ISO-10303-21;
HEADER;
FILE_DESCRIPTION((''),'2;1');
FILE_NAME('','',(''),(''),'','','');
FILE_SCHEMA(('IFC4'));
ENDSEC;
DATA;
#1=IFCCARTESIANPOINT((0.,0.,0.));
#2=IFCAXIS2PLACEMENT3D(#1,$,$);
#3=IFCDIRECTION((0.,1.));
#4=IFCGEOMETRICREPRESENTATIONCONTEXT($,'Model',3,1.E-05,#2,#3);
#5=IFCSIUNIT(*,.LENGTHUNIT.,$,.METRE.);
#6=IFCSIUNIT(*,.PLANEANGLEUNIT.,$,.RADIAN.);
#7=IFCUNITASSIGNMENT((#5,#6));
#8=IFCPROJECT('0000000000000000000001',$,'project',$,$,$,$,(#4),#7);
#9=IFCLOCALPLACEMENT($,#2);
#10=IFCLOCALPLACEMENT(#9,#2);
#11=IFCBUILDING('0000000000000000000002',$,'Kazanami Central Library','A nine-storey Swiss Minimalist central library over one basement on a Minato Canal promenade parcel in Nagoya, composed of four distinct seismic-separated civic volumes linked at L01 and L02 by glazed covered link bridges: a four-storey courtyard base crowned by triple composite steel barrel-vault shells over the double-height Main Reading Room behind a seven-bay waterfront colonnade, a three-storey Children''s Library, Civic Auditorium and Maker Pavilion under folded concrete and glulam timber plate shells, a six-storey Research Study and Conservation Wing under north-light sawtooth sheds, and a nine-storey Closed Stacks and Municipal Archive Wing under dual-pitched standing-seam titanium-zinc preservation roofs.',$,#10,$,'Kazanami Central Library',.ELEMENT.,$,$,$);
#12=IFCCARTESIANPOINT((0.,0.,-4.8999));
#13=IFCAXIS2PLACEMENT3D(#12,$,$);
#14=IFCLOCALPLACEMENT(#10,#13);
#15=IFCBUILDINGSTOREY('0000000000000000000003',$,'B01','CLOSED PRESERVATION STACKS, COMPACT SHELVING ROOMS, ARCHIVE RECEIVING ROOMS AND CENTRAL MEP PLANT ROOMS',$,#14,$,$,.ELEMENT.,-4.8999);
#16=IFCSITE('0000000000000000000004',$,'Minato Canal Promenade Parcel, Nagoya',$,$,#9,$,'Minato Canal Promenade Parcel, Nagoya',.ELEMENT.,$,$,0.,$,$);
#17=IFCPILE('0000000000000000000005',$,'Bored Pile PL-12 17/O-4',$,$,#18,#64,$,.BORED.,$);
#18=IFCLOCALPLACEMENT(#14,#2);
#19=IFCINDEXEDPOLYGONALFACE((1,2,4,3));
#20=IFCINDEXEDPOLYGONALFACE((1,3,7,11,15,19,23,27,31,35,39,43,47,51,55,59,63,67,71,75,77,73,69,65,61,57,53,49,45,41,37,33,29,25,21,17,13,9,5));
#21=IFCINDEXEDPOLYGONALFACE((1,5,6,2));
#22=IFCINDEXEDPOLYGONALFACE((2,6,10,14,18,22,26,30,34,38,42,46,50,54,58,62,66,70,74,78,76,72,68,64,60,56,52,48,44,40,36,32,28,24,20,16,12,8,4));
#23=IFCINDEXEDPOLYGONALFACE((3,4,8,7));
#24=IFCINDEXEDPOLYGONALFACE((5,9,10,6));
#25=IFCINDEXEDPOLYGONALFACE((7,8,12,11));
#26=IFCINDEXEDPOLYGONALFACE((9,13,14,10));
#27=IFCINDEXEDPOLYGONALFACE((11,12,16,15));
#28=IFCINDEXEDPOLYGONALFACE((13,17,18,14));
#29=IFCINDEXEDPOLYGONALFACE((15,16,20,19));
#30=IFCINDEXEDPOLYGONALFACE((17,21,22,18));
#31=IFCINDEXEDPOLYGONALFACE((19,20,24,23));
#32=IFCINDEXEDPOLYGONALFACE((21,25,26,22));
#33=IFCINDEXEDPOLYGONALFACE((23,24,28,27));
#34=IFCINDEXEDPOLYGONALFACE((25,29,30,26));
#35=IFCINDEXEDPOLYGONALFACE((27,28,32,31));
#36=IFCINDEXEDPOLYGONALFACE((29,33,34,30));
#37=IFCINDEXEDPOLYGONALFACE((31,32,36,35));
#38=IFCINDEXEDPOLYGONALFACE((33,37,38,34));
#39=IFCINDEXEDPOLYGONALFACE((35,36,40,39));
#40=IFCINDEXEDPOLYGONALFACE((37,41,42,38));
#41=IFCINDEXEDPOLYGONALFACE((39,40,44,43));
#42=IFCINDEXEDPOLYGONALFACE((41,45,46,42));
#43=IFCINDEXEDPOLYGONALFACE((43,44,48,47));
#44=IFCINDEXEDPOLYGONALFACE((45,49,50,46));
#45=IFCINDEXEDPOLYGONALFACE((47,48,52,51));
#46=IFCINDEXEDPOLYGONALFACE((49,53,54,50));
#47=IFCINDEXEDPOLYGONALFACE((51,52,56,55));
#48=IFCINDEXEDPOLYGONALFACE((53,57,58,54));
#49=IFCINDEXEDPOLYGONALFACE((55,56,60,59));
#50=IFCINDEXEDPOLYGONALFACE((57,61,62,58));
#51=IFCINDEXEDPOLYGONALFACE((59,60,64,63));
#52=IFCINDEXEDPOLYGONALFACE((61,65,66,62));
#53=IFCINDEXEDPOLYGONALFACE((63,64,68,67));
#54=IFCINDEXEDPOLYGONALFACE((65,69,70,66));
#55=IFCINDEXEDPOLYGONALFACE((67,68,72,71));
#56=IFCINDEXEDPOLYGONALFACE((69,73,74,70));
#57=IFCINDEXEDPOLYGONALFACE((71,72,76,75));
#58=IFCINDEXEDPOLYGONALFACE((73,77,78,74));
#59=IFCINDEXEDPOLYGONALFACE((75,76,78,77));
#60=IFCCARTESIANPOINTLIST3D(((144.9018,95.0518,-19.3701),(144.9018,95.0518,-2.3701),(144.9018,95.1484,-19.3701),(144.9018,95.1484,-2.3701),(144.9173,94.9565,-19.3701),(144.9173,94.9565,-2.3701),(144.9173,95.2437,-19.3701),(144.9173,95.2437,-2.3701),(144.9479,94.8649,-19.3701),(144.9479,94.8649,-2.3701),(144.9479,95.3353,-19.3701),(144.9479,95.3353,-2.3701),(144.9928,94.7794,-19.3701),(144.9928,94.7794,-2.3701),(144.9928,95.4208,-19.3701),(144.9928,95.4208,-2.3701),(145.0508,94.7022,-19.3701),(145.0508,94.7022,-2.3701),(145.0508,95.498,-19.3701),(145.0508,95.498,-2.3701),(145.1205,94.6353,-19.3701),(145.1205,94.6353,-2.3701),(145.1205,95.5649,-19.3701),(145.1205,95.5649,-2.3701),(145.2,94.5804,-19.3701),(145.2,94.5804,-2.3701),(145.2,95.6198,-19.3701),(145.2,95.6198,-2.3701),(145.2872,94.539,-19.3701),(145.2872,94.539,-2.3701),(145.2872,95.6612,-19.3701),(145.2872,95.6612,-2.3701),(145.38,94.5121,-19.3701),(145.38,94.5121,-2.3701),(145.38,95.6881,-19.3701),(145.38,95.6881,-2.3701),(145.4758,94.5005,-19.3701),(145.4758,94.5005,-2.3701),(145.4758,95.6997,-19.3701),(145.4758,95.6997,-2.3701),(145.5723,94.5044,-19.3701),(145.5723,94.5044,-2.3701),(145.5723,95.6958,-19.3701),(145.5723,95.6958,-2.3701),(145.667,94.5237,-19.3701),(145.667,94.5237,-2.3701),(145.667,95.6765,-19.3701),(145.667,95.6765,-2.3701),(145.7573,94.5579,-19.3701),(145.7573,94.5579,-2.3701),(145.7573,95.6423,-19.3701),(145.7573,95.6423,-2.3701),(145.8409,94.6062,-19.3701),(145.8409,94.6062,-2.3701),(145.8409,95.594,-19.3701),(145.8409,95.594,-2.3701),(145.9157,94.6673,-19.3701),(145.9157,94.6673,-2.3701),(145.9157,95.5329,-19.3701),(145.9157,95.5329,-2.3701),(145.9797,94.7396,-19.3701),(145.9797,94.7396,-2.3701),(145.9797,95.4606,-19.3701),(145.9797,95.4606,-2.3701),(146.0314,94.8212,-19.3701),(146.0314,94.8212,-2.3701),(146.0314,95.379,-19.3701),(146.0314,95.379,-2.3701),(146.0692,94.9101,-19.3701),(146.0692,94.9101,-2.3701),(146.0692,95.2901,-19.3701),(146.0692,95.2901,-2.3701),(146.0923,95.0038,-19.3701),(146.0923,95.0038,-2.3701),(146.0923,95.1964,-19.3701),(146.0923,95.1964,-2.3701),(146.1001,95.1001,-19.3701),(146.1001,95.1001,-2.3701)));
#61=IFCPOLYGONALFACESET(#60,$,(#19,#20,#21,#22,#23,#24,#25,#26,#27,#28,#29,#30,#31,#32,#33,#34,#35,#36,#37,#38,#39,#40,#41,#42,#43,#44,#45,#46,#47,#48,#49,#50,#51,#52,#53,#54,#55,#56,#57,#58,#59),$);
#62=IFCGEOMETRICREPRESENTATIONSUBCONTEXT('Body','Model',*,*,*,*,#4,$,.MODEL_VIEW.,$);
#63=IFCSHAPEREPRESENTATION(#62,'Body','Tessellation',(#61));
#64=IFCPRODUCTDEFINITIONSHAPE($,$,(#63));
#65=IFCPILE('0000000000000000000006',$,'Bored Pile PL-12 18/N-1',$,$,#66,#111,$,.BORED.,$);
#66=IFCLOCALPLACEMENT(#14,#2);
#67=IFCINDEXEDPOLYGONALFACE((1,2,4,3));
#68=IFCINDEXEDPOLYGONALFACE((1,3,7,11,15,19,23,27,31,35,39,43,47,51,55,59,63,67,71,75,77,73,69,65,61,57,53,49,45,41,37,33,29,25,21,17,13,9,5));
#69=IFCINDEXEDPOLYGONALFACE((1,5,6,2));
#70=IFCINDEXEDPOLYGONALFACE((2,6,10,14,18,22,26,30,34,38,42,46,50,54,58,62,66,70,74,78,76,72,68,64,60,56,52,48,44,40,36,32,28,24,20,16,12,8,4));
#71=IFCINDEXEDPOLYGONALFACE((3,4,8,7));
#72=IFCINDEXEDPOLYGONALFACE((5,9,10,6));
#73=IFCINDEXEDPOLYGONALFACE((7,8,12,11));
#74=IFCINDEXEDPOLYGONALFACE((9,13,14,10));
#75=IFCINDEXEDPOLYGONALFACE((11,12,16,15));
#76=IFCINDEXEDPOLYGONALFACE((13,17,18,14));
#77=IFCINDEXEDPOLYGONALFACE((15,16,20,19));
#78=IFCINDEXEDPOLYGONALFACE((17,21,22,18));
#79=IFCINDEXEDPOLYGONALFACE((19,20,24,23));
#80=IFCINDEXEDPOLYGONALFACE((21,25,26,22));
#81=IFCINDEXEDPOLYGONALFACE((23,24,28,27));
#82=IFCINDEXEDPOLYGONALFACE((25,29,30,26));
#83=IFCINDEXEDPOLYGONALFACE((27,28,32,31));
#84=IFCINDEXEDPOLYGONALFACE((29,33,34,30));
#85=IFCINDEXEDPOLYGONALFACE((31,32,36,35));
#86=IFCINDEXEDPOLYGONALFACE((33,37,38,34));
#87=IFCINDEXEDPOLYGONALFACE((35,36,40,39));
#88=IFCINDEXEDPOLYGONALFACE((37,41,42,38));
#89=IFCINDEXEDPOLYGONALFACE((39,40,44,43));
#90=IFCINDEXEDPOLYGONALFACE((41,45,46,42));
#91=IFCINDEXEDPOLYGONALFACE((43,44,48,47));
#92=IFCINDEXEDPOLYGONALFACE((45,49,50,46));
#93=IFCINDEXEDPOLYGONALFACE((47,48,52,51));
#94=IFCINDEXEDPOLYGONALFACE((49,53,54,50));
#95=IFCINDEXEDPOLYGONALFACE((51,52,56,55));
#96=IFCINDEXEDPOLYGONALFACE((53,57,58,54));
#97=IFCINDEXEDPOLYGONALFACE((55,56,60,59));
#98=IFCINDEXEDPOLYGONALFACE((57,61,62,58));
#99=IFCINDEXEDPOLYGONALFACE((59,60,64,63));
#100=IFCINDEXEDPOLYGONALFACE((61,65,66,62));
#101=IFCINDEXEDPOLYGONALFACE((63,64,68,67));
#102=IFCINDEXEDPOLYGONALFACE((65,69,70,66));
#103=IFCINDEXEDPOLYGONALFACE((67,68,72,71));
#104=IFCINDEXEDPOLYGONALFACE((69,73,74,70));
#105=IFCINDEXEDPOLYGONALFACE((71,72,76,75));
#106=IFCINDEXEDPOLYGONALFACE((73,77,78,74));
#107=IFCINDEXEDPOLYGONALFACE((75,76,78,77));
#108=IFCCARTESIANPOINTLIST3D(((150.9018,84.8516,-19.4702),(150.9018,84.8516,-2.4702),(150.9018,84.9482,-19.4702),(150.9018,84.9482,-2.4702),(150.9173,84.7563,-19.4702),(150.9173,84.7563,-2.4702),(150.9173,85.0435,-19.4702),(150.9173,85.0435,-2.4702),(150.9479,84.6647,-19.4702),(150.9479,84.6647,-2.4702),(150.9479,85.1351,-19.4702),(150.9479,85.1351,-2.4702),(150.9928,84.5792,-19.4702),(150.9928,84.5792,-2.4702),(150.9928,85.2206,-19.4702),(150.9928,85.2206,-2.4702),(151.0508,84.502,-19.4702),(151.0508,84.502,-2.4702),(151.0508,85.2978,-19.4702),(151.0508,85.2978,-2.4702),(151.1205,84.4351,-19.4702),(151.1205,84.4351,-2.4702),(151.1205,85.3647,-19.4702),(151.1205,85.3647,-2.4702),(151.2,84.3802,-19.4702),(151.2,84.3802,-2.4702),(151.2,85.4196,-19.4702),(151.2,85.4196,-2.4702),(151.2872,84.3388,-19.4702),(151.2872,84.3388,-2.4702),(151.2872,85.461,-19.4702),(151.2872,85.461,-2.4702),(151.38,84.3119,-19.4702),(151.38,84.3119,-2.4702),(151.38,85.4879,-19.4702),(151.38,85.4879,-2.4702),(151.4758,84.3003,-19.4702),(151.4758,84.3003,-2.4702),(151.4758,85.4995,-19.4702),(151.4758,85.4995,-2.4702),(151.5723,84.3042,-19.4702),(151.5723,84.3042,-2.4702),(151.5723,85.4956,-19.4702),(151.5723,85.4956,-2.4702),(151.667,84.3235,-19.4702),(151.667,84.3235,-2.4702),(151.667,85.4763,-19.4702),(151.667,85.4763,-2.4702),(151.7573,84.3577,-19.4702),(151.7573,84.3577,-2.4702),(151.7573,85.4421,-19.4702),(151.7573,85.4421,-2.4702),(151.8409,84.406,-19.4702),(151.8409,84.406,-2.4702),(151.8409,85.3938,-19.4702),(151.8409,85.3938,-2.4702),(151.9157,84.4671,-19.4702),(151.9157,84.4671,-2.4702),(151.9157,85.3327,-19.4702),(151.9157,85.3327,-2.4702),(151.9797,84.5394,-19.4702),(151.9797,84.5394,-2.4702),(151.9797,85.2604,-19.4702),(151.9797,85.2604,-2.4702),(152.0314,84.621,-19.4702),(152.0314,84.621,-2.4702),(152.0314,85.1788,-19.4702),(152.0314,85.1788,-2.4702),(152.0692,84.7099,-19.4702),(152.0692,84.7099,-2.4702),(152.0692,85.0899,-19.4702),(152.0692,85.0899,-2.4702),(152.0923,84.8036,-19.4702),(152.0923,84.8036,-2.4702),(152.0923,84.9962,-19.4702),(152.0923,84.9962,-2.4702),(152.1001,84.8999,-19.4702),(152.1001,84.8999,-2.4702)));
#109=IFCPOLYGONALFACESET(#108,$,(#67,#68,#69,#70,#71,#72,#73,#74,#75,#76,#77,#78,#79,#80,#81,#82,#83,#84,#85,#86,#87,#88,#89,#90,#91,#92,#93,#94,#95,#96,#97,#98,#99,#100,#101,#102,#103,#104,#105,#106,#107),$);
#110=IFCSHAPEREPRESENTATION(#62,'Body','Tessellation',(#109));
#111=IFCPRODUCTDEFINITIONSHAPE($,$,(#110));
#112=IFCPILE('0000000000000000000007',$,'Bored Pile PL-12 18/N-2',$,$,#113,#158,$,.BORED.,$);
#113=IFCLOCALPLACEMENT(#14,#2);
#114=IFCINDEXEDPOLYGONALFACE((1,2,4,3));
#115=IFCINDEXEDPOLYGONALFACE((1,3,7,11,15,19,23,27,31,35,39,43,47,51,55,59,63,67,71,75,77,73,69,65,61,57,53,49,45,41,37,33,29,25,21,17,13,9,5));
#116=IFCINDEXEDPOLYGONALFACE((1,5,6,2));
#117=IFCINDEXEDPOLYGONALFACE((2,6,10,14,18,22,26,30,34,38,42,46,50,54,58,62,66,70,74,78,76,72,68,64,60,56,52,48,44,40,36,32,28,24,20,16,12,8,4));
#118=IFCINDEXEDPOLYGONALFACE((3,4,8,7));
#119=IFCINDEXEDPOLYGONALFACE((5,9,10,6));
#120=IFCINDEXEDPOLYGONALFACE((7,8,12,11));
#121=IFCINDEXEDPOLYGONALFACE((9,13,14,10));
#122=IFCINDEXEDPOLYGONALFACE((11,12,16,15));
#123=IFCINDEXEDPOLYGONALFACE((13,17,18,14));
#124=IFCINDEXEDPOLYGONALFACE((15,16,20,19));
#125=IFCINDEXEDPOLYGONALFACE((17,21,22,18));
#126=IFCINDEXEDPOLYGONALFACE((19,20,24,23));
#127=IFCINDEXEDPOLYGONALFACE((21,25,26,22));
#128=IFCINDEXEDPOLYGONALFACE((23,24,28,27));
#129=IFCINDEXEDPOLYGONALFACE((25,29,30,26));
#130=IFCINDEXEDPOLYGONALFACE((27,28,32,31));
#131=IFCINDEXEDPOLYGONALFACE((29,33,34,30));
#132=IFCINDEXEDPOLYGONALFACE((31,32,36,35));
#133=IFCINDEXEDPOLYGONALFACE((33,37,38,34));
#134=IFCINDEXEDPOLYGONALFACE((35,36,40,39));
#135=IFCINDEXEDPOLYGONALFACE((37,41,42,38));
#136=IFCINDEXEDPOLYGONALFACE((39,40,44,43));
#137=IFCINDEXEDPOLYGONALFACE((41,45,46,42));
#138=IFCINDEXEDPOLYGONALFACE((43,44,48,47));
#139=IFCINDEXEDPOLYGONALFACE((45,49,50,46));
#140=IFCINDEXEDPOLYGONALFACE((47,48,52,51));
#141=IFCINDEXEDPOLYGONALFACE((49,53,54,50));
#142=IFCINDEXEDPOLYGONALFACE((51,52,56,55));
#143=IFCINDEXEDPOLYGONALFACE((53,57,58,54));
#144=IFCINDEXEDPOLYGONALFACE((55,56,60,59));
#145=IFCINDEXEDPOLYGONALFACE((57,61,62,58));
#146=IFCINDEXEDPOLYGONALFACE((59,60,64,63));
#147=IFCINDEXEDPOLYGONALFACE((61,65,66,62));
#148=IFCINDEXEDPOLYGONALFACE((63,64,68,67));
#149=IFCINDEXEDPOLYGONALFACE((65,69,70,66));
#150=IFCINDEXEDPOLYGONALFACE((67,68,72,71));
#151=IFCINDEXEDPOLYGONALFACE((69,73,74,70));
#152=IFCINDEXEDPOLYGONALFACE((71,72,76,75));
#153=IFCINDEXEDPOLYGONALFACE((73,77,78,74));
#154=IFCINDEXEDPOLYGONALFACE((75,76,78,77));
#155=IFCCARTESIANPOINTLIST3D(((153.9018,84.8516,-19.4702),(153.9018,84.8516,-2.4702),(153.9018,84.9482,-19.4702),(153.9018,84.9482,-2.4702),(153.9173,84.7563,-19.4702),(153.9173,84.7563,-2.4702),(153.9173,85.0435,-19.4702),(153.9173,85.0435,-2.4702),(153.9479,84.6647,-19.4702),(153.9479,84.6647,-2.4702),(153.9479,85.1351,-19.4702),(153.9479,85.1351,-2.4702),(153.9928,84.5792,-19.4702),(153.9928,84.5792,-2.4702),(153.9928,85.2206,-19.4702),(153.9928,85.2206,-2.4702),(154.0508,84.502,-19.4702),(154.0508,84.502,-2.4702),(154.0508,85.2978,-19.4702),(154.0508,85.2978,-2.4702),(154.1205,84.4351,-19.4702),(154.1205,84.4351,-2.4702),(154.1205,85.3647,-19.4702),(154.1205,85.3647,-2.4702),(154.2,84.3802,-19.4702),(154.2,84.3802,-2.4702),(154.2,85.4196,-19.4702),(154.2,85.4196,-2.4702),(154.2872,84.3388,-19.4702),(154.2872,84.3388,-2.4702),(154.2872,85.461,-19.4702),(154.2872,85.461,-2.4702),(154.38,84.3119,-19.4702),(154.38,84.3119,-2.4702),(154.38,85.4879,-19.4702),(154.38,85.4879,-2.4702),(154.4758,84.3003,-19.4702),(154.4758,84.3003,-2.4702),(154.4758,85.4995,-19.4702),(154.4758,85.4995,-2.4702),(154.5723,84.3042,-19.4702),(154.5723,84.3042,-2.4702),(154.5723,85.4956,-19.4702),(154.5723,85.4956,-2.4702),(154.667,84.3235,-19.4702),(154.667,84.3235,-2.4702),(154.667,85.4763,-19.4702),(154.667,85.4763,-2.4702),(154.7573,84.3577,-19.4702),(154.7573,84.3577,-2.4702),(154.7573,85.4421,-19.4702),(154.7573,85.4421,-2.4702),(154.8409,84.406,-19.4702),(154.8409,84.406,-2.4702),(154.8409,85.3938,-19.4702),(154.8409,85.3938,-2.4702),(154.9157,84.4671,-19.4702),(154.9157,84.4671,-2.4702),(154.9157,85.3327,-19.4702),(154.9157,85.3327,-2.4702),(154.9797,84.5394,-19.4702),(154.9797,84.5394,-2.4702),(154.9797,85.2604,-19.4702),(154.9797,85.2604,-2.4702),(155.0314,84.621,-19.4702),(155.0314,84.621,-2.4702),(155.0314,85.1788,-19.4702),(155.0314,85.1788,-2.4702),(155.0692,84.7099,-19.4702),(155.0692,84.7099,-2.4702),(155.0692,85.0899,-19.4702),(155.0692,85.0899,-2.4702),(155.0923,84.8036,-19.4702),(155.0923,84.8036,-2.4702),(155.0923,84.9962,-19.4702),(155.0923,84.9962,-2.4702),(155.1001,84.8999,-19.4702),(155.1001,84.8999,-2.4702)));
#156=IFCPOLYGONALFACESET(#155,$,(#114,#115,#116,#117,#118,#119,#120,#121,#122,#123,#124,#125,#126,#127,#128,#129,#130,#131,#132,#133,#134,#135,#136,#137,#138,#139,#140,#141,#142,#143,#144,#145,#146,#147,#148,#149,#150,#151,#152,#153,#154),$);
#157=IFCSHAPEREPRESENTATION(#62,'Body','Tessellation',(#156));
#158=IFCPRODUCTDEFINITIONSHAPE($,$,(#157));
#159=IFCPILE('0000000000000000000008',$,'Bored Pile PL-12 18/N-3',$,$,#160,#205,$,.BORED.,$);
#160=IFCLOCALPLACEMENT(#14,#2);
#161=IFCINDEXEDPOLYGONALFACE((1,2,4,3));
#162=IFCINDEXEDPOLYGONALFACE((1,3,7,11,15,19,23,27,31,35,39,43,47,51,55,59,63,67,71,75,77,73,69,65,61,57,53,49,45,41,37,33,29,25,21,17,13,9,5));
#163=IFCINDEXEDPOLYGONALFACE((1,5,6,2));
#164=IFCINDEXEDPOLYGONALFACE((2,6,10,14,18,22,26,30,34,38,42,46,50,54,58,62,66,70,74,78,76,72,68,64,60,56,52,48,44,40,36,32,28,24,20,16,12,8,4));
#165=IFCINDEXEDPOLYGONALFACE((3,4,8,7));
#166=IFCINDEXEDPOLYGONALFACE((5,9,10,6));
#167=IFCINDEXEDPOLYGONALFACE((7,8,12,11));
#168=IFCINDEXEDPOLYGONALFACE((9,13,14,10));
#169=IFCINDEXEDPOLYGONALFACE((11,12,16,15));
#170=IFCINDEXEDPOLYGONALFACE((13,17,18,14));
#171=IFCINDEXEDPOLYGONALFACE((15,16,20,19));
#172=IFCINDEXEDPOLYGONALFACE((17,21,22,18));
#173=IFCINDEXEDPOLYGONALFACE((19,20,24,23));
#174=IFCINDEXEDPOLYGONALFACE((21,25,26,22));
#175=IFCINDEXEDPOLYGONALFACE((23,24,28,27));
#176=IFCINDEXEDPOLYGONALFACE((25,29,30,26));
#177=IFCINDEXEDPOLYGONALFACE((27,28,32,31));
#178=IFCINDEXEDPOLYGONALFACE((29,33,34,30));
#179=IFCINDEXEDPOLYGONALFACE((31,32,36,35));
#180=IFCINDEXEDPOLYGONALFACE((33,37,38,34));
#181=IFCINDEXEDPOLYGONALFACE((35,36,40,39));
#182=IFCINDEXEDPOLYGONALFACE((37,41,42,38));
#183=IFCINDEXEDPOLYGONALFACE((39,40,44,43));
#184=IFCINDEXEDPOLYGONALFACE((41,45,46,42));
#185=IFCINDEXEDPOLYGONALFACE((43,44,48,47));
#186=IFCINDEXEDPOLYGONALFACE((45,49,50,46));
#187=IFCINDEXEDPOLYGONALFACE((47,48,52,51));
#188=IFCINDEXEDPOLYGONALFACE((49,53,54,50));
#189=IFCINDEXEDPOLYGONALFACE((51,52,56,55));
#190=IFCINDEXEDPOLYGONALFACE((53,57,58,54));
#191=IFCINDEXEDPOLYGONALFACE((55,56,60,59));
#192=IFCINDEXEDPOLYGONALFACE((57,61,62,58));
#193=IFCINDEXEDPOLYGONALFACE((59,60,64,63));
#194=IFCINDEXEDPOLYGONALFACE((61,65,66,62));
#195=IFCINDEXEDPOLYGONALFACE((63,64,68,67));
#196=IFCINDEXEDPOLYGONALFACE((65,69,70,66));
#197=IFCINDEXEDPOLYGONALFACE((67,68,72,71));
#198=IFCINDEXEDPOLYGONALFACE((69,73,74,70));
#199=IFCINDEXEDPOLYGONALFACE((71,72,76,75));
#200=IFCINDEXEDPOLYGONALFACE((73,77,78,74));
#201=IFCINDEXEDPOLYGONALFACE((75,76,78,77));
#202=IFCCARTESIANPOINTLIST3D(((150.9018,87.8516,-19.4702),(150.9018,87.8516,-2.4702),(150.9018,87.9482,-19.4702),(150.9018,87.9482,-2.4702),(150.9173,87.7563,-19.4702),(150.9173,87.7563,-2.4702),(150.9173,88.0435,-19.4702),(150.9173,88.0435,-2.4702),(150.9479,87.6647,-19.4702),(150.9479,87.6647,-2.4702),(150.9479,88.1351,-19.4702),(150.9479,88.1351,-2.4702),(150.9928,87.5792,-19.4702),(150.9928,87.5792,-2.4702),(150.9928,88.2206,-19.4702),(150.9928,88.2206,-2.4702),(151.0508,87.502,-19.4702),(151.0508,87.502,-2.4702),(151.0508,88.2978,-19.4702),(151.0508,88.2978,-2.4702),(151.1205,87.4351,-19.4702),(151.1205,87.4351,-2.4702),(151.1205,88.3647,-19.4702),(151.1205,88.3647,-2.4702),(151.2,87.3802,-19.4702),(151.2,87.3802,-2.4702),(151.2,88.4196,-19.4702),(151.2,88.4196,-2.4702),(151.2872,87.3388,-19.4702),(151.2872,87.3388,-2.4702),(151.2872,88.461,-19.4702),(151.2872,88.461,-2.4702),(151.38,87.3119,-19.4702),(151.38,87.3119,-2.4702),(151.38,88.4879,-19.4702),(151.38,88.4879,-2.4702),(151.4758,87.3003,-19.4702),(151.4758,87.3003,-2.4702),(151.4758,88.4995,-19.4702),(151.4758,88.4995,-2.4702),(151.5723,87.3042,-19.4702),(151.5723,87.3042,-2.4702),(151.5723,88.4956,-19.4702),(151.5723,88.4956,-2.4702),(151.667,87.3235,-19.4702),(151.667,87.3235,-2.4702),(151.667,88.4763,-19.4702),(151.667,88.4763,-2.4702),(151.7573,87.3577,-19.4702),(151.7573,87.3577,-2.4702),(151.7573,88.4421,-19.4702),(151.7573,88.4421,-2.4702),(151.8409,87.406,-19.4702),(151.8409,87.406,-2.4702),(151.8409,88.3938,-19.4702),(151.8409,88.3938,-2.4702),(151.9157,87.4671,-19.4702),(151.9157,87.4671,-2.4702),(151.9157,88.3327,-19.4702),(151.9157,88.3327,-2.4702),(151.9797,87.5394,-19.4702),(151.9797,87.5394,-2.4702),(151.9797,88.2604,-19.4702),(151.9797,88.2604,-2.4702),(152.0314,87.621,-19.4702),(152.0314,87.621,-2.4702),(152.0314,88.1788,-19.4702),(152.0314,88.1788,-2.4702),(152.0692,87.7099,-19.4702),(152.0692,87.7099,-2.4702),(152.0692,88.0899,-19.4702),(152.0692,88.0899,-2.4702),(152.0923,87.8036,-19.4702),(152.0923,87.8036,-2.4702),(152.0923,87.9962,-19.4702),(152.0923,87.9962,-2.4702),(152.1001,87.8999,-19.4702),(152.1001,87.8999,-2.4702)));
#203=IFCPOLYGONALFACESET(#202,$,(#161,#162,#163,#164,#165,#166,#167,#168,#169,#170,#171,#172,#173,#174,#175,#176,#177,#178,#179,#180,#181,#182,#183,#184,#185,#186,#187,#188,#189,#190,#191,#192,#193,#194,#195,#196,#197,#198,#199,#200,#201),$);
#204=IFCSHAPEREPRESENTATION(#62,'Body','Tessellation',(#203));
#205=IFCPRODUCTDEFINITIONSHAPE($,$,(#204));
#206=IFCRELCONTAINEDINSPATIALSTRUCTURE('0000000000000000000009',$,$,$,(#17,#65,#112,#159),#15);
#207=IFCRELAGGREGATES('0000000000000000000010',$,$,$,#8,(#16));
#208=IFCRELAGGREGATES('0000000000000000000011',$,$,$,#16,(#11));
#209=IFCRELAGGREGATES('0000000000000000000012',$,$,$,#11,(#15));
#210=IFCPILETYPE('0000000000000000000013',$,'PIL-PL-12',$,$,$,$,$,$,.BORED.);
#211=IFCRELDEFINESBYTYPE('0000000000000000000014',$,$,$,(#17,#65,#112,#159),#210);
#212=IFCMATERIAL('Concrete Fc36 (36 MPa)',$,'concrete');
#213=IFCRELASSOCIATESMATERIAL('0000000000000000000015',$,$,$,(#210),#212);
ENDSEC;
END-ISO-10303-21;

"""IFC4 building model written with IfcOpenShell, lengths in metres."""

from ifc_helpers import new_model, si_unit, direction, frame, origin, origin_2d, place, context, subcontext, project, spatial, circle, extrude, material, material_profile, profile_set, type_object, element, save


model = new_model("IFC4")

# Units and contexts
model_context = context("Model", 3, precision=1e-05, world=origin(), true_north=direction((0.0, 1.0)))
body_context = subcontext(model_context, "Body", "Model", "MODEL_VIEW")
ifc_project = project(units=[si_unit("LENGTHUNIT", "METRE"), si_unit("PLANEANGLEUNIT", "RADIAN")], contexts=[model_context])

# Site, building, storey
site_placement = place(None, origin())
site = spatial("IfcSite", under=ifc_project, at=site_placement, Name="Minato Canal Promenade Parcel, Nagoya", LongName="Minato Canal Promenade Parcel, Nagoya", CompositionType="ELEMENT", RefElevation=0.0)
building_placement = place(site_placement, origin())
building = spatial("IfcBuilding", under=site, at=building_placement, Name="Kazanami Central Library", Description="A nine-storey Swiss Minimalist central library over one basement on a Minato Canal promenade parcel in Nagoya, composed of four distinct seismic-separated civic volumes linked at L01 and L02 by glazed covered link bridges: a four-storey courtyard base crowned by triple composite steel barrel-vault shells over the double-height Main Reading Room behind a seven-bay waterfront colonnade, a three-storey Children's Library, Civic Auditorium and Maker Pavilion under folded concrete and glulam timber plate shells, a six-storey Research Study and Conservation Wing under north-light sawtooth sheds, and a nine-storey Closed Stacks and Municipal Archive Wing under dual-pitched standing-seam titanium-zinc preservation roofs.", LongName="Kazanami Central Library", CompositionType="ELEMENT")
storey_placement = place(building_placement, frame((0.0, 0.0, -4.8999)))
storey = spatial("IfcBuildingStorey", under=building, at=storey_placement, Name="B01", Description="CLOSED PRESERVATION STACKS, COMPACT SHELVING ROOMS, ARCHIVE RECEIVING ROOMS AND CENTRAL MEP PLANT ROOMS", CompositionType="ELEMENT", Elevation=-4.8999)

# Shared definitions
ifc_material_1 = material(Name="Concrete Fc36 (36 MPa)", Category="concrete")

# Piles
ifc_material_profile_1 = material_profile(ifc_material_1, circle(Radius=0.6001, at=origin_2d()), Name="BORED-D1200")
ifc_profile_set_1 = profile_set([ifc_material_profile_1], Name="Concrete Fc36 (36 MPa)")
pile_type = type_object("IfcPileType", Name="PIL-PL-12", PredefinedType="BORED", material=ifc_profile_set_1)
for number, where, z_axis, x_axis, name in (
    (1, (145.5, 95.1001, -2.3701), (0.0, 0.0, -1.0), (1.0, 0.0, 0.0), "Bored Pile PL-12 17/O-4"),
    (2, (151.5, 84.8999, -2.4702), (0.0, 0.0, -1.0), (1.0, 0.0, 0.0), "Bored Pile PL-12 18/N-1"),
    (3, (154.5, 84.8999, -2.4702), (0.0, 0.0, -1.0), (1.0, 0.0, 0.0), "Bored Pile PL-12 18/N-2"),
    (4, (151.5, 87.8999, -2.4702), (0.0, 0.0, -1.0), (1.0, 0.0, 0.0), "Bored Pile PL-12 18/N-3"),
):
    element("IfcPile", number, at=place(storey_placement, frame(where, z_axis=z_axis, x_axis=x_axis)), inside=storey, type_object=pile_type, Name=name, PredefinedType="BORED", context=body_context, shape_type="SweptSolid", body=[
        extrude(circle(Radius=0.6001, at=origin_2d()), origin(), (0.0, 0.0, 1.0), 17.0),
    ])

save(model, "model.ifc")
